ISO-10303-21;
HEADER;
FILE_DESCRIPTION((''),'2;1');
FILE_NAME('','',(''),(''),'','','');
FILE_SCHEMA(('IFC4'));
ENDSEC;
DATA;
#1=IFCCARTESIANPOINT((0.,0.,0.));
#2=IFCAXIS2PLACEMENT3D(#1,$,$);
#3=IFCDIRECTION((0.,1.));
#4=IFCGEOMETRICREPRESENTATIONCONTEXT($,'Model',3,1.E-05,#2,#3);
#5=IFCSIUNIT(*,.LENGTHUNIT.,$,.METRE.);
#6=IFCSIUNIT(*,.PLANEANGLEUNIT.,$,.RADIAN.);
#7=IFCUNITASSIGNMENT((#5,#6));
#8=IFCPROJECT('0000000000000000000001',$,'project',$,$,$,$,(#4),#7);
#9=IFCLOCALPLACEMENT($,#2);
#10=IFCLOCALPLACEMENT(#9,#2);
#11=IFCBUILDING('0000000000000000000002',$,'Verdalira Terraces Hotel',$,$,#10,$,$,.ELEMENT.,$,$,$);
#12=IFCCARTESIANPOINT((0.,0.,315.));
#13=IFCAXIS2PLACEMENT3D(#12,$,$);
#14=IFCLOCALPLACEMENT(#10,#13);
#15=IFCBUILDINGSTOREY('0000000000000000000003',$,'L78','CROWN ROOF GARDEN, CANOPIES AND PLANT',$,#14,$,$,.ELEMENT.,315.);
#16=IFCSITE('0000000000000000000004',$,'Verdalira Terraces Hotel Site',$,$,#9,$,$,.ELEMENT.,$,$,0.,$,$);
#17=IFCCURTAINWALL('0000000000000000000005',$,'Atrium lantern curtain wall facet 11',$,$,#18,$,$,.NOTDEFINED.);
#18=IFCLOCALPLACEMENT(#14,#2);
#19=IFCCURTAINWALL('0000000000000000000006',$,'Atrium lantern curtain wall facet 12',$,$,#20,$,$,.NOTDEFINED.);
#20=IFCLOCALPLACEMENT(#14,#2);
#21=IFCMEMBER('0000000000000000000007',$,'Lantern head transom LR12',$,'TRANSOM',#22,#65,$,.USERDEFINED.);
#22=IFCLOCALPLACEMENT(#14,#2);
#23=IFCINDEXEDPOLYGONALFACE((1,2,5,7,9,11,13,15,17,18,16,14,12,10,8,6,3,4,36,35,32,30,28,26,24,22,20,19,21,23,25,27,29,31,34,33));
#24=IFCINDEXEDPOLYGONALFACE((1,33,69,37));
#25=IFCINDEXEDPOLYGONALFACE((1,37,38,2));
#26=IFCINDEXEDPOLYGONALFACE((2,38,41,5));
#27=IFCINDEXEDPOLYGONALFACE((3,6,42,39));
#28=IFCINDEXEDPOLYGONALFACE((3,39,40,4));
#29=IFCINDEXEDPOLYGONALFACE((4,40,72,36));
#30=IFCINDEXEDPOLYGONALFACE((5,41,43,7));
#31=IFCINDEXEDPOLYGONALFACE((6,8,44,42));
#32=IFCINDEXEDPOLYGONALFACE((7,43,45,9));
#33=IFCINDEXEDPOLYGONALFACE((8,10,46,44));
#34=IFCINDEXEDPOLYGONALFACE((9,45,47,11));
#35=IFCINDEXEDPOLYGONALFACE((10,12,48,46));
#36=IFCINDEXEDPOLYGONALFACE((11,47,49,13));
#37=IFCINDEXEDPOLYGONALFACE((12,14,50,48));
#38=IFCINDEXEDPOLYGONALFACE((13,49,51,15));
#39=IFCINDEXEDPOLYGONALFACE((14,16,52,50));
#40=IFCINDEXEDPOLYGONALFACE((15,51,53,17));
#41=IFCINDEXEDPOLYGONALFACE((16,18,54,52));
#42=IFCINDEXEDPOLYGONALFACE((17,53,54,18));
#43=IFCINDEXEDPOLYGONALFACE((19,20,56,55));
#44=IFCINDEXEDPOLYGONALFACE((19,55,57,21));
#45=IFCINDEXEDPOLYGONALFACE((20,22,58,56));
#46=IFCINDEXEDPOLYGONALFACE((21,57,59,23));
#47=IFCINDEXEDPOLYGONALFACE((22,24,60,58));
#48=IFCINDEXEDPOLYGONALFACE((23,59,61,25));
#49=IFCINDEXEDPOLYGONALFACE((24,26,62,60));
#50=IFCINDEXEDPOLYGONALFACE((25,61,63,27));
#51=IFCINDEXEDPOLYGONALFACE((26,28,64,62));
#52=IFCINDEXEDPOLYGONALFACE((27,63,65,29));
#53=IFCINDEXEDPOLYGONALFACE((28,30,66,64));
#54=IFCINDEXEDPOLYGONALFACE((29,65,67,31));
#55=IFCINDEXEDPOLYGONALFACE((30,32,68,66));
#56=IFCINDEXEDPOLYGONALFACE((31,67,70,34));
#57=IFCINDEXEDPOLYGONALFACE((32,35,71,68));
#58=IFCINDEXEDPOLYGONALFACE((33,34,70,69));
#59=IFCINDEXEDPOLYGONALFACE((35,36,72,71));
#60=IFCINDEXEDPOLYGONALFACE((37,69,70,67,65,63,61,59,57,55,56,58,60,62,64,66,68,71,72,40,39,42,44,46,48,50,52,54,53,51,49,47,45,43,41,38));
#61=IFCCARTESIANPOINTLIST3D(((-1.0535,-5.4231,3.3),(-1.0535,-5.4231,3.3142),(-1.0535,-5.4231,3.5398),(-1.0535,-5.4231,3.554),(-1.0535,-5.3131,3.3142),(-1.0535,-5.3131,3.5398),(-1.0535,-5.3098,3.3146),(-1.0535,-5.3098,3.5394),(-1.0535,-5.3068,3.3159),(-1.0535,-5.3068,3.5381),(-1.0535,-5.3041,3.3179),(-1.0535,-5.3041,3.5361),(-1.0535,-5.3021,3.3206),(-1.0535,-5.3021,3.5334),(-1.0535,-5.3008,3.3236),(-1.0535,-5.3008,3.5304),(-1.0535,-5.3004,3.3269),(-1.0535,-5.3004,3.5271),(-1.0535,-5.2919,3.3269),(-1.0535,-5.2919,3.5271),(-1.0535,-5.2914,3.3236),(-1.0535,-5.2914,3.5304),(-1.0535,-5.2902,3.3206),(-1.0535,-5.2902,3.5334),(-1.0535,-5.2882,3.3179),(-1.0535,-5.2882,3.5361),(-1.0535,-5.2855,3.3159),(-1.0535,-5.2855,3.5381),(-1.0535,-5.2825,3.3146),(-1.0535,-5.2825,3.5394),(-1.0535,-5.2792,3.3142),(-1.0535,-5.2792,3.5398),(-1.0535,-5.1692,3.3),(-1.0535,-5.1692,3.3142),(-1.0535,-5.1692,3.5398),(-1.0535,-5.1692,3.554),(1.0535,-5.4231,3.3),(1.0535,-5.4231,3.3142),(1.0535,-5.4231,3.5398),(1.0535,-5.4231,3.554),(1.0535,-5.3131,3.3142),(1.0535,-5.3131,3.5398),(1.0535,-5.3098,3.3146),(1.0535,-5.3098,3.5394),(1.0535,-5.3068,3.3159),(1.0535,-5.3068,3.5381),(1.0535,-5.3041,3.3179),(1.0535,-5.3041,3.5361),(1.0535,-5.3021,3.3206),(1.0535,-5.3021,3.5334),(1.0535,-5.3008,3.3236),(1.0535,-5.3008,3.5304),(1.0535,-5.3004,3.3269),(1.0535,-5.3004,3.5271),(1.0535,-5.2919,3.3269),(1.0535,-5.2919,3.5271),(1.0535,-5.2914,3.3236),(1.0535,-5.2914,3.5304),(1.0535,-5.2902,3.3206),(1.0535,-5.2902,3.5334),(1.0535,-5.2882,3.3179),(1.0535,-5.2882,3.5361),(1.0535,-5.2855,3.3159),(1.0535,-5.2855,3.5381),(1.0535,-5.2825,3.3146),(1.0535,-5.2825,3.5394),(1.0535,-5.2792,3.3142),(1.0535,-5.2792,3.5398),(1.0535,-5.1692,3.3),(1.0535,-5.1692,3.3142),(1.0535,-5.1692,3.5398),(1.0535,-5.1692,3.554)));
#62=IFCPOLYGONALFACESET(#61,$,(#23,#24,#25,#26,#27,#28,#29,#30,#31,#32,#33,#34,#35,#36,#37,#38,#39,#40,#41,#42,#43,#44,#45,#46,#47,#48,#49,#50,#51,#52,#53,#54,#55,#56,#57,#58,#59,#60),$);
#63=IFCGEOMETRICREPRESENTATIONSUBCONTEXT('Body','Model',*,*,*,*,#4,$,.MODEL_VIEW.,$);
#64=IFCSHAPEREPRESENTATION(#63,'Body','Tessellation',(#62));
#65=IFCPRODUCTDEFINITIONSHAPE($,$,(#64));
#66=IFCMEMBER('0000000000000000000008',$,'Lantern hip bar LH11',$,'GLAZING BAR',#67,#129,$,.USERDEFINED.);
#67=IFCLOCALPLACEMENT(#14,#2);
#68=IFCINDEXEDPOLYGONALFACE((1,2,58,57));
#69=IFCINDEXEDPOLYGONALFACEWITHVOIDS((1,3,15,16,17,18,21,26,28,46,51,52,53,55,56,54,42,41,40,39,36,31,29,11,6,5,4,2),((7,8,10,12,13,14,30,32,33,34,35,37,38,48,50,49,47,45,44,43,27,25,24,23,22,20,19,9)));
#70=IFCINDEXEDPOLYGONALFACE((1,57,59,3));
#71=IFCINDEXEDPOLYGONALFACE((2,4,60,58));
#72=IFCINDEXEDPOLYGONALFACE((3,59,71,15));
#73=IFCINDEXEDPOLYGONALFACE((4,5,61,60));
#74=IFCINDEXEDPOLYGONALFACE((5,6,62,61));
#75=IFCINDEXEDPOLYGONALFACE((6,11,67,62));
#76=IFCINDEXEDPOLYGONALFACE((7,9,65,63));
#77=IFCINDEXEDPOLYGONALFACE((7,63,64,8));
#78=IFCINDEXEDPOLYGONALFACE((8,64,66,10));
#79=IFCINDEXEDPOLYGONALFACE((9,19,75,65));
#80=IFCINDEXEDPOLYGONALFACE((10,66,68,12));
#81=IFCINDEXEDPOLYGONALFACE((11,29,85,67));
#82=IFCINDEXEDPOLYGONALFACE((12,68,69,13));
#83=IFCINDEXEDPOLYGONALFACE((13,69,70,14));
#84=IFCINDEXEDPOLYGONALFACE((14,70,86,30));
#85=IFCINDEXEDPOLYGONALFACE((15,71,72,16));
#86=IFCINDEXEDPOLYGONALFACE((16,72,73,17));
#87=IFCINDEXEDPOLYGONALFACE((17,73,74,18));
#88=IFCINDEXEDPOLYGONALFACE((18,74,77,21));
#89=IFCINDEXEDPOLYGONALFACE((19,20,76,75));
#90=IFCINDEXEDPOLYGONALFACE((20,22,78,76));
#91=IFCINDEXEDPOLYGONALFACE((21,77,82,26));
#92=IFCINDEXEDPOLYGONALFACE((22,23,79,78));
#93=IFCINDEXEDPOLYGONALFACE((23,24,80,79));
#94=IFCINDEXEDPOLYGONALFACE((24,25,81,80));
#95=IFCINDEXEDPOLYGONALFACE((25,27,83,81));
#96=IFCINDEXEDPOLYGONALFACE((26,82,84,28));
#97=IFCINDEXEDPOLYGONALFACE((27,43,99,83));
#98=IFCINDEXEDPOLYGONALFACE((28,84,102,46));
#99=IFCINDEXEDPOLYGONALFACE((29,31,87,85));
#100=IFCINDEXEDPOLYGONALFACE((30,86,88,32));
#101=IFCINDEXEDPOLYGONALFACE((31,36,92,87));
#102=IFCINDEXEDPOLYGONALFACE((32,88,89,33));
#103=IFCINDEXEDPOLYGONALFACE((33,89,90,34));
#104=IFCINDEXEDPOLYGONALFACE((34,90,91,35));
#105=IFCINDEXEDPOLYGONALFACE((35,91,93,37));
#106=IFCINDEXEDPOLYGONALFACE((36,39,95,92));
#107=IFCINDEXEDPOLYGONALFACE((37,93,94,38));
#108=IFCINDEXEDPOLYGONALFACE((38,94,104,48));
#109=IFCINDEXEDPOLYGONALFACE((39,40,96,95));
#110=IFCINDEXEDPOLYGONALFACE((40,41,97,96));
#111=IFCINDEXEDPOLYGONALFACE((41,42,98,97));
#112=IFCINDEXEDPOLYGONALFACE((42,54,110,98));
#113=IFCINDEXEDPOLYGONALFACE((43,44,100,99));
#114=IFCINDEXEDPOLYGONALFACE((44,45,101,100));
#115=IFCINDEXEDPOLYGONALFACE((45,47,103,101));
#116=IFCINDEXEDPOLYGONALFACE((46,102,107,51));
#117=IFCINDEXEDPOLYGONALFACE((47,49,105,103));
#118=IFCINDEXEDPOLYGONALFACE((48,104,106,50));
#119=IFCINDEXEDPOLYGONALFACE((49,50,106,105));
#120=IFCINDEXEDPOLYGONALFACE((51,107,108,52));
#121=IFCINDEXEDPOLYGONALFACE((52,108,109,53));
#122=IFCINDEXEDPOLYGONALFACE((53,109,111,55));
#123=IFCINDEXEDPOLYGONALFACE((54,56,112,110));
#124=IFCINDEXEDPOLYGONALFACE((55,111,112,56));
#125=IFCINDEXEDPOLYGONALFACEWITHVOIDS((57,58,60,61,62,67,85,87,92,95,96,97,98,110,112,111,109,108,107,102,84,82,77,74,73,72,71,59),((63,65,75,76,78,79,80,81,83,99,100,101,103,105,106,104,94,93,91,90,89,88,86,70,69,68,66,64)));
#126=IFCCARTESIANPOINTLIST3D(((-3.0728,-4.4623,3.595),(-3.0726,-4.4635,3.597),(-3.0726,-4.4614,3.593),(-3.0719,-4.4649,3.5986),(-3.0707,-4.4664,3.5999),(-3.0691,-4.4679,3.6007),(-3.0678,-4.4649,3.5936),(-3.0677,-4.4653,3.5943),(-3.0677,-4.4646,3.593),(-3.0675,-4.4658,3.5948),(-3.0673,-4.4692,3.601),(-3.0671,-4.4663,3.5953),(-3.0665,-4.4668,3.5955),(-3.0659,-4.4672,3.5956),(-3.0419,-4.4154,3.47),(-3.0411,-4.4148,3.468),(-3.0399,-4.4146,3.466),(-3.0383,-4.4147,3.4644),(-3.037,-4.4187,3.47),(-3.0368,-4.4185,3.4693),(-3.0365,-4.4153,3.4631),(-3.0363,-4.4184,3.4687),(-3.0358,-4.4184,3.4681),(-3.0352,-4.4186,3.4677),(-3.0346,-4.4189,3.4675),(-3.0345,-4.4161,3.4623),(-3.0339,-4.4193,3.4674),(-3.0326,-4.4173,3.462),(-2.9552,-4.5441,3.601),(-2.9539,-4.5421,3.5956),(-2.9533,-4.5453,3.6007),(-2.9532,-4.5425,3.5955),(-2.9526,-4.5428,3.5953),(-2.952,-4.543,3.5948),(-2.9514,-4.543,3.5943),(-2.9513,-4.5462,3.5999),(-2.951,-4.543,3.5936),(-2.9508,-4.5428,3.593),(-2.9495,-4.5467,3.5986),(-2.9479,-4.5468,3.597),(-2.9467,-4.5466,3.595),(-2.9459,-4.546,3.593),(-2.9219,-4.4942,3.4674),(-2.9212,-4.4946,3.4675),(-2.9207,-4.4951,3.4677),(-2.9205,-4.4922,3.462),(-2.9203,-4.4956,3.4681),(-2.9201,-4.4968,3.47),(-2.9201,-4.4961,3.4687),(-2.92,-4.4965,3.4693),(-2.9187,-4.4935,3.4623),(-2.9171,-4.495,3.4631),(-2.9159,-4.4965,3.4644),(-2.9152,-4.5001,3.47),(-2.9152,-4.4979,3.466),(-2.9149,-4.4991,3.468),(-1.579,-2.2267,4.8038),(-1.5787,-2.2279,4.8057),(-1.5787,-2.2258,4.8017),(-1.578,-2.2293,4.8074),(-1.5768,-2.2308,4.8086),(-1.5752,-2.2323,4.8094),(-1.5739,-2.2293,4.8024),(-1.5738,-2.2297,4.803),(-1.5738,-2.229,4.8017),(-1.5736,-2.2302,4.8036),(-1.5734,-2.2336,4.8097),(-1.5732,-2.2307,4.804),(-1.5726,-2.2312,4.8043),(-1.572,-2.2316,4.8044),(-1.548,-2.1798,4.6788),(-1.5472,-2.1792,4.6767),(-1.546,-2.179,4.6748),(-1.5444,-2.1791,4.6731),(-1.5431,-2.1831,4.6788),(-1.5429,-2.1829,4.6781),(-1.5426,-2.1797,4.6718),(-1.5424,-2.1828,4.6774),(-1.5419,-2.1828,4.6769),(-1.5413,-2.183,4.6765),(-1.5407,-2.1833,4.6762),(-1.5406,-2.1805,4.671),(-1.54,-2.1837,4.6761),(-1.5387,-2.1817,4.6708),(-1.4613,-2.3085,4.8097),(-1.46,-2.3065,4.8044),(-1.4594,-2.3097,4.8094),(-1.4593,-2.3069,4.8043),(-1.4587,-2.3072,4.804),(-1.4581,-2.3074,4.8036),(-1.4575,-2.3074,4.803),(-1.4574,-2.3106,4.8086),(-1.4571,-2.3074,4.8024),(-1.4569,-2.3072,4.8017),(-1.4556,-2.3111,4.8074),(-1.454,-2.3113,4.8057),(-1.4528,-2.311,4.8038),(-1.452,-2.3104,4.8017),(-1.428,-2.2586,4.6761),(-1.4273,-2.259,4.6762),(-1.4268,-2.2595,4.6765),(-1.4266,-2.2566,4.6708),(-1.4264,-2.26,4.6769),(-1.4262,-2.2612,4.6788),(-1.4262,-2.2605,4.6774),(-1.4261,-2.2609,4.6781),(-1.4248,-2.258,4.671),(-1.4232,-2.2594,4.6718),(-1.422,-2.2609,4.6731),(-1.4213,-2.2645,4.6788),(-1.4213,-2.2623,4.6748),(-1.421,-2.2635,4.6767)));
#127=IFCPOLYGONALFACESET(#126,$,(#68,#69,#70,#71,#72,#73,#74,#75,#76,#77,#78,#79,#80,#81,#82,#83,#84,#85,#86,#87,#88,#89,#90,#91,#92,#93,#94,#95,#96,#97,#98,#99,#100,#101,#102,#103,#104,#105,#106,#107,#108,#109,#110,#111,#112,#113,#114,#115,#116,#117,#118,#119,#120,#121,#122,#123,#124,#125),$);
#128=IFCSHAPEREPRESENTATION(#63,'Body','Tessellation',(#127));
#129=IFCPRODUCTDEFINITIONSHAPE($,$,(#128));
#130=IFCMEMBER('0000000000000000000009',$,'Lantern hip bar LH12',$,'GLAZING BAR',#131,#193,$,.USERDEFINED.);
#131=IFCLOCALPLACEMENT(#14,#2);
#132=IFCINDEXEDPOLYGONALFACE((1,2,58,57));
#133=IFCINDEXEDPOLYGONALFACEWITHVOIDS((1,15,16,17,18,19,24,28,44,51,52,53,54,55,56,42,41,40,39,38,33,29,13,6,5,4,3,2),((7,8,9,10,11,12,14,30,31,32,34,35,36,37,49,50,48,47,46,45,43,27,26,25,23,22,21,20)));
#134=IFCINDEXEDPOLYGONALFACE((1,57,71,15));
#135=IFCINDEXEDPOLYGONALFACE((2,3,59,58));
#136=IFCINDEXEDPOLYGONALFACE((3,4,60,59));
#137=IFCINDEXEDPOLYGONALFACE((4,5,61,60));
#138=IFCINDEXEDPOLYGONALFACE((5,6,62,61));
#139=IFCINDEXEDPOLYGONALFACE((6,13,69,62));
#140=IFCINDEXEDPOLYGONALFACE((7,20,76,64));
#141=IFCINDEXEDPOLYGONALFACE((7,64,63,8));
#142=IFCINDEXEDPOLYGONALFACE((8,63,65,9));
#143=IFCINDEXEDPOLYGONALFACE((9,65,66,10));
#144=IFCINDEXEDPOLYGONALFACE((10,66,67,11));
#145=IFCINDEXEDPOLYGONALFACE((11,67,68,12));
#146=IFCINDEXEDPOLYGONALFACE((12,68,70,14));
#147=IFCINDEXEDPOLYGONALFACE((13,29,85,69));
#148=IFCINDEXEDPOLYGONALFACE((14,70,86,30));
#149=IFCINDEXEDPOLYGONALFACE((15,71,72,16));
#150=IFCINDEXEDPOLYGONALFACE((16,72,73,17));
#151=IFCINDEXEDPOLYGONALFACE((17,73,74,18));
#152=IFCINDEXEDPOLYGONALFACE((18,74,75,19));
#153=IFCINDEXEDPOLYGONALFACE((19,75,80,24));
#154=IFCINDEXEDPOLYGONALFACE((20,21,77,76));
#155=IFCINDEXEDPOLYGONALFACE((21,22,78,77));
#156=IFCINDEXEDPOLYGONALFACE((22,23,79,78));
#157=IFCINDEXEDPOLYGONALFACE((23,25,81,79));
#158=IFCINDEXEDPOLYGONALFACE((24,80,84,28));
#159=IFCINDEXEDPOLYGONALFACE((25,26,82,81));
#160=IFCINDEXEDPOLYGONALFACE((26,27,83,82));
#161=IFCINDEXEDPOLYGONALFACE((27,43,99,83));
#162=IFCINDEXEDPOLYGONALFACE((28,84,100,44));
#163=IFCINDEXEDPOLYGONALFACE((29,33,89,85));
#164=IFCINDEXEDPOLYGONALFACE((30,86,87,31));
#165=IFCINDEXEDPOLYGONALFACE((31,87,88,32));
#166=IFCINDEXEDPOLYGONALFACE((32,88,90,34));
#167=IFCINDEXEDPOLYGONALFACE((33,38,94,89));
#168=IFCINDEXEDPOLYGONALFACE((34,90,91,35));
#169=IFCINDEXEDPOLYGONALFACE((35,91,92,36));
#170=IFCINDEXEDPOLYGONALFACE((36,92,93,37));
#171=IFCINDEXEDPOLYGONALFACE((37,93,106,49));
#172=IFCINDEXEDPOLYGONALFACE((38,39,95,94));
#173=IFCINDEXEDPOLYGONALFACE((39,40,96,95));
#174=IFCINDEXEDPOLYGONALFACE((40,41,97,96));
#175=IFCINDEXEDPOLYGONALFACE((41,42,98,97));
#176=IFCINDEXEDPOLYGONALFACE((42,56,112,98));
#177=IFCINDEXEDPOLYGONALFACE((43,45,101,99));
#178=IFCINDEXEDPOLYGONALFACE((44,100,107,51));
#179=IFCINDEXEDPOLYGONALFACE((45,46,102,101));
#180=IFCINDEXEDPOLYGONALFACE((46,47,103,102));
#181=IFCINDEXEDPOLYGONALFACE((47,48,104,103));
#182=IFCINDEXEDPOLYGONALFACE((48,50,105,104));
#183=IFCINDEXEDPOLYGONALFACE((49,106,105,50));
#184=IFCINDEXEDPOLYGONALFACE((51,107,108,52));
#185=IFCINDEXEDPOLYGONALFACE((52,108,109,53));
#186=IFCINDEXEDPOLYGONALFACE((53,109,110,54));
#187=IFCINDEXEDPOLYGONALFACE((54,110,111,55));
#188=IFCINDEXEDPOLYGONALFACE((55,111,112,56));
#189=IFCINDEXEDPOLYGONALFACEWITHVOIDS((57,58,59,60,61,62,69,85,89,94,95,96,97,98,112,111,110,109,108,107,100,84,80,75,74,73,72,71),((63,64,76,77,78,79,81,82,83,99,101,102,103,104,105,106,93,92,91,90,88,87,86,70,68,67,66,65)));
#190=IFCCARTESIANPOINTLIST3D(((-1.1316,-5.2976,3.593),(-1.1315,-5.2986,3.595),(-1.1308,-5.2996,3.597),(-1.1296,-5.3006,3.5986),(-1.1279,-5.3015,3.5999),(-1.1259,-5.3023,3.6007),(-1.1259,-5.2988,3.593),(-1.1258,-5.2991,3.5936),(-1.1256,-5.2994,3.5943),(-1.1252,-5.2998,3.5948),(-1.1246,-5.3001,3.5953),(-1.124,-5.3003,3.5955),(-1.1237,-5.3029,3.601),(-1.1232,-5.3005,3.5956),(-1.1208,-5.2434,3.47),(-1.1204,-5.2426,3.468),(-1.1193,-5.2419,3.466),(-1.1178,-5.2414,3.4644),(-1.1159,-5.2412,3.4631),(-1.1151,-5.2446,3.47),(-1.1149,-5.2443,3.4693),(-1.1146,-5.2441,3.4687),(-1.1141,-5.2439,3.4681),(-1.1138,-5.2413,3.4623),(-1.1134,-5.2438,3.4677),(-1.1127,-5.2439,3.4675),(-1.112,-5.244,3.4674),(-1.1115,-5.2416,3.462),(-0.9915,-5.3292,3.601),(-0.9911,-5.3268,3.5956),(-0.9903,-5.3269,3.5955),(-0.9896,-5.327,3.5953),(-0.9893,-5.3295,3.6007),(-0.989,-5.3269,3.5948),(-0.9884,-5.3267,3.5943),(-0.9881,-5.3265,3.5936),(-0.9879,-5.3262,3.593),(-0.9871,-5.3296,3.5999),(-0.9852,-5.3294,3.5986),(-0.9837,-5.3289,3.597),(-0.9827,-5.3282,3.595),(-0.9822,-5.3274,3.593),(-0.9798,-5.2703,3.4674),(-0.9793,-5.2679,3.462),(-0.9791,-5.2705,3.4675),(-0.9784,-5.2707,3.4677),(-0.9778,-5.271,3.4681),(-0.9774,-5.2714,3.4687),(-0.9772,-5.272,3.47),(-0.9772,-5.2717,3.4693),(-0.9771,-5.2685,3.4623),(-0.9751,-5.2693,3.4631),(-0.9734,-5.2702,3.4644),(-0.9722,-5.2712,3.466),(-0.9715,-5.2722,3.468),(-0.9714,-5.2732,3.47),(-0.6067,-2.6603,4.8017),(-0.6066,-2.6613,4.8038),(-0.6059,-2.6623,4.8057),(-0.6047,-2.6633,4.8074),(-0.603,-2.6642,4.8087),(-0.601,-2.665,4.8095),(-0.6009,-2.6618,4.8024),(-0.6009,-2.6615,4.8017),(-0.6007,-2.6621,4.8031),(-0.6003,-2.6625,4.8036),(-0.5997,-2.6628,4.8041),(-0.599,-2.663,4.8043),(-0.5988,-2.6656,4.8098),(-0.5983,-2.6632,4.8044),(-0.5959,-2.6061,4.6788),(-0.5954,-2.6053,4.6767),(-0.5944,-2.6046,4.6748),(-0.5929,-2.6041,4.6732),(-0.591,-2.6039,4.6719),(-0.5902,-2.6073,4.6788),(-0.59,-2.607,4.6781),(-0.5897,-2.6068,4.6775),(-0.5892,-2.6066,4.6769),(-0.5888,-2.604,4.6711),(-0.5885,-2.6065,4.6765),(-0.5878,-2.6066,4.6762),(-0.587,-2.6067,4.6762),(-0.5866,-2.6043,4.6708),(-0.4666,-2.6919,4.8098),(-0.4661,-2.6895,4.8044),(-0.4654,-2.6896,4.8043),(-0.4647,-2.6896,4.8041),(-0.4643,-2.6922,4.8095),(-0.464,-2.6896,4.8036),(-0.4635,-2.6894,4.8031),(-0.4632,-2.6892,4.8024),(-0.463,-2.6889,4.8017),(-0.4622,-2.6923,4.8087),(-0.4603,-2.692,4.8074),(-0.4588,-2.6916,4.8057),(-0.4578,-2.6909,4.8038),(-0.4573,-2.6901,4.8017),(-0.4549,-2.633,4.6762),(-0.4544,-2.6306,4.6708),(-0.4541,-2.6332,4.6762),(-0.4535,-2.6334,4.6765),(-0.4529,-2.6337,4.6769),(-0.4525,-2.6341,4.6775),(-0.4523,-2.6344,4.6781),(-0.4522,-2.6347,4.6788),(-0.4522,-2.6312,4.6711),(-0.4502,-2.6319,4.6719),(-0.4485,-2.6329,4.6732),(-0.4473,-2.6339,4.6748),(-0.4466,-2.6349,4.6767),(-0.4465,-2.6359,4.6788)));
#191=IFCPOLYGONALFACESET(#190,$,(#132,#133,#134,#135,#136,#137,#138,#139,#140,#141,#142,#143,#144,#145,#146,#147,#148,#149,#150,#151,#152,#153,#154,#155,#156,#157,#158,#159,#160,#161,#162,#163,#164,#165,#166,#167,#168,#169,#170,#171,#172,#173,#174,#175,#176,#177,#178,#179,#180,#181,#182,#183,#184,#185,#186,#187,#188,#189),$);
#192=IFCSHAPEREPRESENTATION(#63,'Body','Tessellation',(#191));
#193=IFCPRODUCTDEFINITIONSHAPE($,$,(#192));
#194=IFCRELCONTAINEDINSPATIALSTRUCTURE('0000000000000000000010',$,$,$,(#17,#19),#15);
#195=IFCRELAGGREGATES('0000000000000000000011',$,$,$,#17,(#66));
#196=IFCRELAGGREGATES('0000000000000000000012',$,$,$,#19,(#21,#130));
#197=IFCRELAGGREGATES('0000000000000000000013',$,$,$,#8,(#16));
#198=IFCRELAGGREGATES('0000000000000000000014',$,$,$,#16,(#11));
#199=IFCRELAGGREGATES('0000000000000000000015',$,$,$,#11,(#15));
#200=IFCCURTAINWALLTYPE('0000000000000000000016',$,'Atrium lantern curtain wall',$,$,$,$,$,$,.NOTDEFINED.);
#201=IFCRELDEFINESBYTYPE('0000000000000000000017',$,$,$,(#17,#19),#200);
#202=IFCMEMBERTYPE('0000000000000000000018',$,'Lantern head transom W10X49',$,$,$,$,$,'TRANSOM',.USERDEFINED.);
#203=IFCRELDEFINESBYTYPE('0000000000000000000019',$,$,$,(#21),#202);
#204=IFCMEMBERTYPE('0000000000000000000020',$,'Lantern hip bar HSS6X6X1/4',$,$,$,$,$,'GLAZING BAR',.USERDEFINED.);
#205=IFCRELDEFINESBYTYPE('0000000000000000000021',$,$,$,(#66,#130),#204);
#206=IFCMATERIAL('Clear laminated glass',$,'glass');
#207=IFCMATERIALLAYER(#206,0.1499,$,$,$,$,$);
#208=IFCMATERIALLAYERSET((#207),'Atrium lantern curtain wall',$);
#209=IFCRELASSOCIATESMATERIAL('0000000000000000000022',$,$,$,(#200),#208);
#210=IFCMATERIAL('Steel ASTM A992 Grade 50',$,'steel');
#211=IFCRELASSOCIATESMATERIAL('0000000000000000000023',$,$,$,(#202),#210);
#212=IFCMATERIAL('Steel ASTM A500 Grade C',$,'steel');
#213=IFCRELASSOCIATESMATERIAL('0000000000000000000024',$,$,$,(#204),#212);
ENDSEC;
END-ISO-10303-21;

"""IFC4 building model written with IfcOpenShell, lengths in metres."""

from ifc_helpers import new_model, si_unit, direction, frame, origin, origin_2d, place, context, subcontext, project, spatial, hollow_rectangle, i_section, extrude, material, layer, layer_set, material_profile, profile_set, type_object, element, aggregate, save


model = new_model("IFC4")

# Units and contexts
model_context = context("Model", 3, precision=1e-05, world=origin(), true_north=direction((0.0, 1.0)))
body_context = subcontext(model_context, "Body", "Model", "MODEL_VIEW")
ifc_project = project(units=[si_unit("LENGTHUNIT", "METRE"), si_unit("PLANEANGLEUNIT", "RADIAN")], contexts=[model_context])

# Site, building, storey
site_placement = place(None, origin())
site = spatial("IfcSite", under=ifc_project, at=site_placement, Name="Verdalira Terraces Hotel Site", CompositionType="ELEMENT", RefElevation=0.0)
building_placement = place(site_placement, origin())
building = spatial("IfcBuilding", under=site, at=building_placement, Name="Verdalira Terraces Hotel", CompositionType="ELEMENT")
storey_placement = place(building_placement, frame((0.0, 0.0, 315.0)))
storey = spatial("IfcBuildingStorey", under=building, at=storey_placement, Name="L78", Description="CROWN ROOF GARDEN, CANOPIES AND PLANT", CompositionType="ELEMENT", Elevation=315.0)

# Curtain walls
ifc_material_1 = material(Name="Clear laminated glass", Category="glass")
ifc_layer_1 = layer(ifc_material_1, 0.1499)
ifc_layer_set_1 = layer_set([ifc_layer_1], Name="Atrium lantern curtain wall")
curtain_wall_type = type_object("IfcCurtainWallType", Name="Atrium lantern curtain wall", PredefinedType="NOTDEFINED", material=ifc_layer_set_1)
curtain_wall_1_placement = place(storey_placement, origin())
curtain_wall_1 = element("IfcCurtainWall", 1, at=curtain_wall_1_placement, inside=storey, type_object=curtain_wall_type, Name="Atrium lantern curtain wall facet 11", PredefinedType="NOTDEFINED")
curtain_wall_2_placement = place(storey_placement, origin())
curtain_wall_2 = element("IfcCurtainWall", 2, at=curtain_wall_2_placement, inside=storey, type_object=curtain_wall_type, Name="Atrium lantern curtain wall facet 12", PredefinedType="NOTDEFINED")

# Members
ifc_material_2 = material(Name="Steel ASTM A992 Grade 50", Category="steel")
ifc_material_profile_1 = material_profile(ifc_material_2, i_section(OverallWidth=0.2539, OverallDepth=0.2539, WebThickness=0.0085, FlangeThickness=0.0142, FilletRadius=0.0127, at=origin_2d()), Name="W10X49")
ifc_profile_set_1 = profile_set([ifc_material_profile_1], Name="Steel ASTM A992 Grade 50")
member_type_1 = type_object("IfcMemberType", Name="Lantern head transom W10X49", ElementType="TRANSOM", PredefinedType="USERDEFINED", material=ifc_profile_set_1)
member_1_placement = place(storey_placement, frame((-1.0535, -5.2961, 3.427), z_axis=(1.0, 0.0, 0.0), x_axis=(0.0, 1.0, 0.0)))
member_1 = element("IfcMember", 3, at=member_1_placement, type_object=member_type_1, Name="Lantern head transom LR12", ObjectType="TRANSOM", PredefinedType="USERDEFINED", context=body_context, shape_type="SweptSolid", body=[
    extrude(i_section(OverallWidth=0.2539, OverallDepth=0.2539, WebThickness=0.0085, FlangeThickness=0.0142, FilletRadius=0.0127, at=origin_2d()), origin(), (0.0, 0.0, 1.0), 2.1069),
])
ifc_material_3 = material(Name="Steel ASTM A500 Grade C", Category="steel")
ifc_material_profile_2 = material_profile(ifc_material_3, hollow_rectangle(XDim=0.1523, YDim=0.1523, WallThickness=0.0059, InnerFilletRadius=0.0029, OuterFilletRadius=0.0088, at=origin_2d()), Name="HSS6X6X1/4")
ifc_profile_set_2 = profile_set([ifc_material_profile_2], Name="Steel ASTM A500 Grade C")
member_type_2 = type_object("IfcMemberType", Name="Lantern hip bar HSS6X6X1/4", ElementType="GLAZING BAR", PredefinedType="USERDEFINED", material=ifc_profile_set_2)
member_2_placement = place(storey_placement, frame((-2.9939, -4.4807, 3.5315), z_axis=(0.50675, 0.758345, 0.410021), x_axis=(-0.831449, 0.555601, 0.0)))
member_2 = element("IfcMember", 4, at=member_2_placement, type_object=member_type_2, Name="Lantern hip bar LH11", ObjectType="GLAZING BAR", PredefinedType="USERDEFINED", context=body_context, shape_type="SweptSolid", body=[
    extrude(hollow_rectangle(XDim=0.1523, YDim=0.1523, WallThickness=0.0059, InnerFilletRadius=0.0029, OuterFilletRadius=0.0088, at=origin_2d()), origin(), (0.0, 0.0, 1.0), 2.948),
])
member_3_placement = place(storey_placement, frame((-1.0515, -5.2854, 3.5315), z_axis=(0.178046, 0.894537, 0.410003), x_axis=(-0.980762, 0.195208, 0.0)))
member_3 = element("IfcMember", 5, at=member_3_placement, type_object=member_type_2, Name="Lantern hip bar LH12", ObjectType="GLAZING BAR", PredefinedType="USERDEFINED", context=body_context, shape_type="SweptSolid", body=[
    extrude(hollow_rectangle(XDim=0.1523, YDim=0.1523, WallThickness=0.0059, InnerFilletRadius=0.0029, OuterFilletRadius=0.0088, at=origin_2d()), origin(), (0.0, 0.0, 1.0), 2.9482),
])

aggregate(curtain_wall_1, [member_2])
aggregate(curtain_wall_2, [member_1, member_3])

save(model, "model.ifc")
